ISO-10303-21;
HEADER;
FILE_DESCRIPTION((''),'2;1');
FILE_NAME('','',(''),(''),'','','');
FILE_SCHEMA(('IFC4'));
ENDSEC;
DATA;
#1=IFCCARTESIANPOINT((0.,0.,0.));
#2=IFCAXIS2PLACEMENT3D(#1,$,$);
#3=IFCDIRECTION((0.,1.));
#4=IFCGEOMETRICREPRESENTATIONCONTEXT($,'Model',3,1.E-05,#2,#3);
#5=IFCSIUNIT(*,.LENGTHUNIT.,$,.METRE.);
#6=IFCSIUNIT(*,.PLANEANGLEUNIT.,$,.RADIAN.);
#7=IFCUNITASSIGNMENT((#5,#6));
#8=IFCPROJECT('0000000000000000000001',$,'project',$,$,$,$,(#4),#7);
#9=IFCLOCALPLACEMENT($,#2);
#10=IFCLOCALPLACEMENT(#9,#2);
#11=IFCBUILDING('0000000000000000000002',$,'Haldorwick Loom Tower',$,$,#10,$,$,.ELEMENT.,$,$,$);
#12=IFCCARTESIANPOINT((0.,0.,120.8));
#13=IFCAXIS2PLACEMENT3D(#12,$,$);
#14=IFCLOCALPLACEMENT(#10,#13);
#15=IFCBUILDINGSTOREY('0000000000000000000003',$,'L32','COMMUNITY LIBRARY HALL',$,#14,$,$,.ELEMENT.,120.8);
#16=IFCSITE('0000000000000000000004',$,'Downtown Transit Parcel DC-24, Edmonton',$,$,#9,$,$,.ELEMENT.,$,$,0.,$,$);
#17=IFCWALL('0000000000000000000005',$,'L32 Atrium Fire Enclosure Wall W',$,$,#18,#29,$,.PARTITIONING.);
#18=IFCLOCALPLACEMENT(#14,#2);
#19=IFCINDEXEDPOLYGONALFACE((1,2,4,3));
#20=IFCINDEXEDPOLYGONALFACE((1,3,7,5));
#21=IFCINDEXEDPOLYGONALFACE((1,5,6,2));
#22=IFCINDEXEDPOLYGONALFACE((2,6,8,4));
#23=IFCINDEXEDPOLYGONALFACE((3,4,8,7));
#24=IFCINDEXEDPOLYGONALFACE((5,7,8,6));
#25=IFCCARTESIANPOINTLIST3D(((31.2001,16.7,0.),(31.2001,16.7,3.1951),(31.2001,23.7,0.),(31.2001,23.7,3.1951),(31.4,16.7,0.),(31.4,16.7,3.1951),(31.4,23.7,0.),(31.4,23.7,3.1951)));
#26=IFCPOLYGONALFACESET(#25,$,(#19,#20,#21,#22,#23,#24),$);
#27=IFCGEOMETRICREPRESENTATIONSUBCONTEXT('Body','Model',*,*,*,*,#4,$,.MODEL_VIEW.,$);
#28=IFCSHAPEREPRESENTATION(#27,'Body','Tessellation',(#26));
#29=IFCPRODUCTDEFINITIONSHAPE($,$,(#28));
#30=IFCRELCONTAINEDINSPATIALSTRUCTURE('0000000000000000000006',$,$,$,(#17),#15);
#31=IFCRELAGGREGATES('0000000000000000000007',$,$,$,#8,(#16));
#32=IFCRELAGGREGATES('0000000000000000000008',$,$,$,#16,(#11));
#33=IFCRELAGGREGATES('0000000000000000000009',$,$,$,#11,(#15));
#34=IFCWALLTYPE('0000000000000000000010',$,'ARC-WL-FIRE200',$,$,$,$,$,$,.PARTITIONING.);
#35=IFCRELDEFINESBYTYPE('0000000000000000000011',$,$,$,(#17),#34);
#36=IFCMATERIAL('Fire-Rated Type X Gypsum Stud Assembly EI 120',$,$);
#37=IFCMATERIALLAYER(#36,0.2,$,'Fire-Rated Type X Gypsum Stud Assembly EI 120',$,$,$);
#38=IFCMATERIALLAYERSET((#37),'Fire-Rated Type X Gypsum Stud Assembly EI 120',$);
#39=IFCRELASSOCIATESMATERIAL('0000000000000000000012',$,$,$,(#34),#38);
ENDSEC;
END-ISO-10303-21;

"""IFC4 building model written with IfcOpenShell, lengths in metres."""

from ifc_helpers import new_model, si_unit, direction, frame, frame_2d, origin, place, context, subcontext, project, spatial, rectangle, extrude, material, layer, layer_set, type_object, element, save


model = new_model("IFC4")

# Units and contexts
model_context = context("Model", 3, precision=1e-05, world=origin(), true_north=direction((0.0, 1.0)))
body_context = subcontext(model_context, "Body", "Model", "MODEL_VIEW")
ifc_project = project(units=[si_unit("LENGTHUNIT", "METRE"), si_unit("PLANEANGLEUNIT", "RADIAN")], contexts=[model_context])

# Site, building, storey
site_placement = place(None, origin())
site = spatial("IfcSite", under=ifc_project, at=site_placement, Name="Downtown Transit Parcel DC-24, Edmonton", CompositionType="ELEMENT", RefElevation=0.0)
building_placement = place(site_placement, origin())
building = spatial("IfcBuilding", under=site, at=building_placement, Name="Haldorwick Loom Tower", CompositionType="ELEMENT")
storey_placement = place(building_placement, frame((0.0, 0.0, 120.8)))
storey = spatial("IfcBuildingStorey", under=building, at=storey_placement, Name="L32", Description="COMMUNITY LIBRARY HALL", CompositionType="ELEMENT", Elevation=120.8)

# Wall
ifc_material_1 = material(Name="Fire-Rated Type X Gypsum Stud Assembly EI 120")
ifc_layer_1 = layer(ifc_material_1, 0.2, Name="Fire-Rated Type X Gypsum Stud Assembly EI 120")
ifc_layer_set_1 = layer_set([ifc_layer_1], Name="Fire-Rated Type X Gypsum Stud Assembly EI 120")
wall_type_1 = type_object("IfcWallType", Name="ARC-WL-FIRE200", PredefinedType="PARTITIONING", material=ifc_layer_set_1)
wall_1_placement = place(storey_placement, frame((31.3, 16.7, 0.0), z_axis=(0.0, 0.0, 1.0), x_axis=(0.0, 1.0, 0.0)))
element("IfcWall", 1, at=wall_1_placement, inside=storey, type_object=wall_type_1, Name="L32 Atrium Fire Enclosure Wall W", PredefinedType="PARTITIONING", context=body_context, shape_type="SweptSolid", body=[
    extrude(rectangle(XDim=7.0, YDim=0.2, at=frame_2d((3.5, 0.0))), origin(), (0.0, 0.0, 1.0), 3.1951),
])

save(model, "model.ifc")
